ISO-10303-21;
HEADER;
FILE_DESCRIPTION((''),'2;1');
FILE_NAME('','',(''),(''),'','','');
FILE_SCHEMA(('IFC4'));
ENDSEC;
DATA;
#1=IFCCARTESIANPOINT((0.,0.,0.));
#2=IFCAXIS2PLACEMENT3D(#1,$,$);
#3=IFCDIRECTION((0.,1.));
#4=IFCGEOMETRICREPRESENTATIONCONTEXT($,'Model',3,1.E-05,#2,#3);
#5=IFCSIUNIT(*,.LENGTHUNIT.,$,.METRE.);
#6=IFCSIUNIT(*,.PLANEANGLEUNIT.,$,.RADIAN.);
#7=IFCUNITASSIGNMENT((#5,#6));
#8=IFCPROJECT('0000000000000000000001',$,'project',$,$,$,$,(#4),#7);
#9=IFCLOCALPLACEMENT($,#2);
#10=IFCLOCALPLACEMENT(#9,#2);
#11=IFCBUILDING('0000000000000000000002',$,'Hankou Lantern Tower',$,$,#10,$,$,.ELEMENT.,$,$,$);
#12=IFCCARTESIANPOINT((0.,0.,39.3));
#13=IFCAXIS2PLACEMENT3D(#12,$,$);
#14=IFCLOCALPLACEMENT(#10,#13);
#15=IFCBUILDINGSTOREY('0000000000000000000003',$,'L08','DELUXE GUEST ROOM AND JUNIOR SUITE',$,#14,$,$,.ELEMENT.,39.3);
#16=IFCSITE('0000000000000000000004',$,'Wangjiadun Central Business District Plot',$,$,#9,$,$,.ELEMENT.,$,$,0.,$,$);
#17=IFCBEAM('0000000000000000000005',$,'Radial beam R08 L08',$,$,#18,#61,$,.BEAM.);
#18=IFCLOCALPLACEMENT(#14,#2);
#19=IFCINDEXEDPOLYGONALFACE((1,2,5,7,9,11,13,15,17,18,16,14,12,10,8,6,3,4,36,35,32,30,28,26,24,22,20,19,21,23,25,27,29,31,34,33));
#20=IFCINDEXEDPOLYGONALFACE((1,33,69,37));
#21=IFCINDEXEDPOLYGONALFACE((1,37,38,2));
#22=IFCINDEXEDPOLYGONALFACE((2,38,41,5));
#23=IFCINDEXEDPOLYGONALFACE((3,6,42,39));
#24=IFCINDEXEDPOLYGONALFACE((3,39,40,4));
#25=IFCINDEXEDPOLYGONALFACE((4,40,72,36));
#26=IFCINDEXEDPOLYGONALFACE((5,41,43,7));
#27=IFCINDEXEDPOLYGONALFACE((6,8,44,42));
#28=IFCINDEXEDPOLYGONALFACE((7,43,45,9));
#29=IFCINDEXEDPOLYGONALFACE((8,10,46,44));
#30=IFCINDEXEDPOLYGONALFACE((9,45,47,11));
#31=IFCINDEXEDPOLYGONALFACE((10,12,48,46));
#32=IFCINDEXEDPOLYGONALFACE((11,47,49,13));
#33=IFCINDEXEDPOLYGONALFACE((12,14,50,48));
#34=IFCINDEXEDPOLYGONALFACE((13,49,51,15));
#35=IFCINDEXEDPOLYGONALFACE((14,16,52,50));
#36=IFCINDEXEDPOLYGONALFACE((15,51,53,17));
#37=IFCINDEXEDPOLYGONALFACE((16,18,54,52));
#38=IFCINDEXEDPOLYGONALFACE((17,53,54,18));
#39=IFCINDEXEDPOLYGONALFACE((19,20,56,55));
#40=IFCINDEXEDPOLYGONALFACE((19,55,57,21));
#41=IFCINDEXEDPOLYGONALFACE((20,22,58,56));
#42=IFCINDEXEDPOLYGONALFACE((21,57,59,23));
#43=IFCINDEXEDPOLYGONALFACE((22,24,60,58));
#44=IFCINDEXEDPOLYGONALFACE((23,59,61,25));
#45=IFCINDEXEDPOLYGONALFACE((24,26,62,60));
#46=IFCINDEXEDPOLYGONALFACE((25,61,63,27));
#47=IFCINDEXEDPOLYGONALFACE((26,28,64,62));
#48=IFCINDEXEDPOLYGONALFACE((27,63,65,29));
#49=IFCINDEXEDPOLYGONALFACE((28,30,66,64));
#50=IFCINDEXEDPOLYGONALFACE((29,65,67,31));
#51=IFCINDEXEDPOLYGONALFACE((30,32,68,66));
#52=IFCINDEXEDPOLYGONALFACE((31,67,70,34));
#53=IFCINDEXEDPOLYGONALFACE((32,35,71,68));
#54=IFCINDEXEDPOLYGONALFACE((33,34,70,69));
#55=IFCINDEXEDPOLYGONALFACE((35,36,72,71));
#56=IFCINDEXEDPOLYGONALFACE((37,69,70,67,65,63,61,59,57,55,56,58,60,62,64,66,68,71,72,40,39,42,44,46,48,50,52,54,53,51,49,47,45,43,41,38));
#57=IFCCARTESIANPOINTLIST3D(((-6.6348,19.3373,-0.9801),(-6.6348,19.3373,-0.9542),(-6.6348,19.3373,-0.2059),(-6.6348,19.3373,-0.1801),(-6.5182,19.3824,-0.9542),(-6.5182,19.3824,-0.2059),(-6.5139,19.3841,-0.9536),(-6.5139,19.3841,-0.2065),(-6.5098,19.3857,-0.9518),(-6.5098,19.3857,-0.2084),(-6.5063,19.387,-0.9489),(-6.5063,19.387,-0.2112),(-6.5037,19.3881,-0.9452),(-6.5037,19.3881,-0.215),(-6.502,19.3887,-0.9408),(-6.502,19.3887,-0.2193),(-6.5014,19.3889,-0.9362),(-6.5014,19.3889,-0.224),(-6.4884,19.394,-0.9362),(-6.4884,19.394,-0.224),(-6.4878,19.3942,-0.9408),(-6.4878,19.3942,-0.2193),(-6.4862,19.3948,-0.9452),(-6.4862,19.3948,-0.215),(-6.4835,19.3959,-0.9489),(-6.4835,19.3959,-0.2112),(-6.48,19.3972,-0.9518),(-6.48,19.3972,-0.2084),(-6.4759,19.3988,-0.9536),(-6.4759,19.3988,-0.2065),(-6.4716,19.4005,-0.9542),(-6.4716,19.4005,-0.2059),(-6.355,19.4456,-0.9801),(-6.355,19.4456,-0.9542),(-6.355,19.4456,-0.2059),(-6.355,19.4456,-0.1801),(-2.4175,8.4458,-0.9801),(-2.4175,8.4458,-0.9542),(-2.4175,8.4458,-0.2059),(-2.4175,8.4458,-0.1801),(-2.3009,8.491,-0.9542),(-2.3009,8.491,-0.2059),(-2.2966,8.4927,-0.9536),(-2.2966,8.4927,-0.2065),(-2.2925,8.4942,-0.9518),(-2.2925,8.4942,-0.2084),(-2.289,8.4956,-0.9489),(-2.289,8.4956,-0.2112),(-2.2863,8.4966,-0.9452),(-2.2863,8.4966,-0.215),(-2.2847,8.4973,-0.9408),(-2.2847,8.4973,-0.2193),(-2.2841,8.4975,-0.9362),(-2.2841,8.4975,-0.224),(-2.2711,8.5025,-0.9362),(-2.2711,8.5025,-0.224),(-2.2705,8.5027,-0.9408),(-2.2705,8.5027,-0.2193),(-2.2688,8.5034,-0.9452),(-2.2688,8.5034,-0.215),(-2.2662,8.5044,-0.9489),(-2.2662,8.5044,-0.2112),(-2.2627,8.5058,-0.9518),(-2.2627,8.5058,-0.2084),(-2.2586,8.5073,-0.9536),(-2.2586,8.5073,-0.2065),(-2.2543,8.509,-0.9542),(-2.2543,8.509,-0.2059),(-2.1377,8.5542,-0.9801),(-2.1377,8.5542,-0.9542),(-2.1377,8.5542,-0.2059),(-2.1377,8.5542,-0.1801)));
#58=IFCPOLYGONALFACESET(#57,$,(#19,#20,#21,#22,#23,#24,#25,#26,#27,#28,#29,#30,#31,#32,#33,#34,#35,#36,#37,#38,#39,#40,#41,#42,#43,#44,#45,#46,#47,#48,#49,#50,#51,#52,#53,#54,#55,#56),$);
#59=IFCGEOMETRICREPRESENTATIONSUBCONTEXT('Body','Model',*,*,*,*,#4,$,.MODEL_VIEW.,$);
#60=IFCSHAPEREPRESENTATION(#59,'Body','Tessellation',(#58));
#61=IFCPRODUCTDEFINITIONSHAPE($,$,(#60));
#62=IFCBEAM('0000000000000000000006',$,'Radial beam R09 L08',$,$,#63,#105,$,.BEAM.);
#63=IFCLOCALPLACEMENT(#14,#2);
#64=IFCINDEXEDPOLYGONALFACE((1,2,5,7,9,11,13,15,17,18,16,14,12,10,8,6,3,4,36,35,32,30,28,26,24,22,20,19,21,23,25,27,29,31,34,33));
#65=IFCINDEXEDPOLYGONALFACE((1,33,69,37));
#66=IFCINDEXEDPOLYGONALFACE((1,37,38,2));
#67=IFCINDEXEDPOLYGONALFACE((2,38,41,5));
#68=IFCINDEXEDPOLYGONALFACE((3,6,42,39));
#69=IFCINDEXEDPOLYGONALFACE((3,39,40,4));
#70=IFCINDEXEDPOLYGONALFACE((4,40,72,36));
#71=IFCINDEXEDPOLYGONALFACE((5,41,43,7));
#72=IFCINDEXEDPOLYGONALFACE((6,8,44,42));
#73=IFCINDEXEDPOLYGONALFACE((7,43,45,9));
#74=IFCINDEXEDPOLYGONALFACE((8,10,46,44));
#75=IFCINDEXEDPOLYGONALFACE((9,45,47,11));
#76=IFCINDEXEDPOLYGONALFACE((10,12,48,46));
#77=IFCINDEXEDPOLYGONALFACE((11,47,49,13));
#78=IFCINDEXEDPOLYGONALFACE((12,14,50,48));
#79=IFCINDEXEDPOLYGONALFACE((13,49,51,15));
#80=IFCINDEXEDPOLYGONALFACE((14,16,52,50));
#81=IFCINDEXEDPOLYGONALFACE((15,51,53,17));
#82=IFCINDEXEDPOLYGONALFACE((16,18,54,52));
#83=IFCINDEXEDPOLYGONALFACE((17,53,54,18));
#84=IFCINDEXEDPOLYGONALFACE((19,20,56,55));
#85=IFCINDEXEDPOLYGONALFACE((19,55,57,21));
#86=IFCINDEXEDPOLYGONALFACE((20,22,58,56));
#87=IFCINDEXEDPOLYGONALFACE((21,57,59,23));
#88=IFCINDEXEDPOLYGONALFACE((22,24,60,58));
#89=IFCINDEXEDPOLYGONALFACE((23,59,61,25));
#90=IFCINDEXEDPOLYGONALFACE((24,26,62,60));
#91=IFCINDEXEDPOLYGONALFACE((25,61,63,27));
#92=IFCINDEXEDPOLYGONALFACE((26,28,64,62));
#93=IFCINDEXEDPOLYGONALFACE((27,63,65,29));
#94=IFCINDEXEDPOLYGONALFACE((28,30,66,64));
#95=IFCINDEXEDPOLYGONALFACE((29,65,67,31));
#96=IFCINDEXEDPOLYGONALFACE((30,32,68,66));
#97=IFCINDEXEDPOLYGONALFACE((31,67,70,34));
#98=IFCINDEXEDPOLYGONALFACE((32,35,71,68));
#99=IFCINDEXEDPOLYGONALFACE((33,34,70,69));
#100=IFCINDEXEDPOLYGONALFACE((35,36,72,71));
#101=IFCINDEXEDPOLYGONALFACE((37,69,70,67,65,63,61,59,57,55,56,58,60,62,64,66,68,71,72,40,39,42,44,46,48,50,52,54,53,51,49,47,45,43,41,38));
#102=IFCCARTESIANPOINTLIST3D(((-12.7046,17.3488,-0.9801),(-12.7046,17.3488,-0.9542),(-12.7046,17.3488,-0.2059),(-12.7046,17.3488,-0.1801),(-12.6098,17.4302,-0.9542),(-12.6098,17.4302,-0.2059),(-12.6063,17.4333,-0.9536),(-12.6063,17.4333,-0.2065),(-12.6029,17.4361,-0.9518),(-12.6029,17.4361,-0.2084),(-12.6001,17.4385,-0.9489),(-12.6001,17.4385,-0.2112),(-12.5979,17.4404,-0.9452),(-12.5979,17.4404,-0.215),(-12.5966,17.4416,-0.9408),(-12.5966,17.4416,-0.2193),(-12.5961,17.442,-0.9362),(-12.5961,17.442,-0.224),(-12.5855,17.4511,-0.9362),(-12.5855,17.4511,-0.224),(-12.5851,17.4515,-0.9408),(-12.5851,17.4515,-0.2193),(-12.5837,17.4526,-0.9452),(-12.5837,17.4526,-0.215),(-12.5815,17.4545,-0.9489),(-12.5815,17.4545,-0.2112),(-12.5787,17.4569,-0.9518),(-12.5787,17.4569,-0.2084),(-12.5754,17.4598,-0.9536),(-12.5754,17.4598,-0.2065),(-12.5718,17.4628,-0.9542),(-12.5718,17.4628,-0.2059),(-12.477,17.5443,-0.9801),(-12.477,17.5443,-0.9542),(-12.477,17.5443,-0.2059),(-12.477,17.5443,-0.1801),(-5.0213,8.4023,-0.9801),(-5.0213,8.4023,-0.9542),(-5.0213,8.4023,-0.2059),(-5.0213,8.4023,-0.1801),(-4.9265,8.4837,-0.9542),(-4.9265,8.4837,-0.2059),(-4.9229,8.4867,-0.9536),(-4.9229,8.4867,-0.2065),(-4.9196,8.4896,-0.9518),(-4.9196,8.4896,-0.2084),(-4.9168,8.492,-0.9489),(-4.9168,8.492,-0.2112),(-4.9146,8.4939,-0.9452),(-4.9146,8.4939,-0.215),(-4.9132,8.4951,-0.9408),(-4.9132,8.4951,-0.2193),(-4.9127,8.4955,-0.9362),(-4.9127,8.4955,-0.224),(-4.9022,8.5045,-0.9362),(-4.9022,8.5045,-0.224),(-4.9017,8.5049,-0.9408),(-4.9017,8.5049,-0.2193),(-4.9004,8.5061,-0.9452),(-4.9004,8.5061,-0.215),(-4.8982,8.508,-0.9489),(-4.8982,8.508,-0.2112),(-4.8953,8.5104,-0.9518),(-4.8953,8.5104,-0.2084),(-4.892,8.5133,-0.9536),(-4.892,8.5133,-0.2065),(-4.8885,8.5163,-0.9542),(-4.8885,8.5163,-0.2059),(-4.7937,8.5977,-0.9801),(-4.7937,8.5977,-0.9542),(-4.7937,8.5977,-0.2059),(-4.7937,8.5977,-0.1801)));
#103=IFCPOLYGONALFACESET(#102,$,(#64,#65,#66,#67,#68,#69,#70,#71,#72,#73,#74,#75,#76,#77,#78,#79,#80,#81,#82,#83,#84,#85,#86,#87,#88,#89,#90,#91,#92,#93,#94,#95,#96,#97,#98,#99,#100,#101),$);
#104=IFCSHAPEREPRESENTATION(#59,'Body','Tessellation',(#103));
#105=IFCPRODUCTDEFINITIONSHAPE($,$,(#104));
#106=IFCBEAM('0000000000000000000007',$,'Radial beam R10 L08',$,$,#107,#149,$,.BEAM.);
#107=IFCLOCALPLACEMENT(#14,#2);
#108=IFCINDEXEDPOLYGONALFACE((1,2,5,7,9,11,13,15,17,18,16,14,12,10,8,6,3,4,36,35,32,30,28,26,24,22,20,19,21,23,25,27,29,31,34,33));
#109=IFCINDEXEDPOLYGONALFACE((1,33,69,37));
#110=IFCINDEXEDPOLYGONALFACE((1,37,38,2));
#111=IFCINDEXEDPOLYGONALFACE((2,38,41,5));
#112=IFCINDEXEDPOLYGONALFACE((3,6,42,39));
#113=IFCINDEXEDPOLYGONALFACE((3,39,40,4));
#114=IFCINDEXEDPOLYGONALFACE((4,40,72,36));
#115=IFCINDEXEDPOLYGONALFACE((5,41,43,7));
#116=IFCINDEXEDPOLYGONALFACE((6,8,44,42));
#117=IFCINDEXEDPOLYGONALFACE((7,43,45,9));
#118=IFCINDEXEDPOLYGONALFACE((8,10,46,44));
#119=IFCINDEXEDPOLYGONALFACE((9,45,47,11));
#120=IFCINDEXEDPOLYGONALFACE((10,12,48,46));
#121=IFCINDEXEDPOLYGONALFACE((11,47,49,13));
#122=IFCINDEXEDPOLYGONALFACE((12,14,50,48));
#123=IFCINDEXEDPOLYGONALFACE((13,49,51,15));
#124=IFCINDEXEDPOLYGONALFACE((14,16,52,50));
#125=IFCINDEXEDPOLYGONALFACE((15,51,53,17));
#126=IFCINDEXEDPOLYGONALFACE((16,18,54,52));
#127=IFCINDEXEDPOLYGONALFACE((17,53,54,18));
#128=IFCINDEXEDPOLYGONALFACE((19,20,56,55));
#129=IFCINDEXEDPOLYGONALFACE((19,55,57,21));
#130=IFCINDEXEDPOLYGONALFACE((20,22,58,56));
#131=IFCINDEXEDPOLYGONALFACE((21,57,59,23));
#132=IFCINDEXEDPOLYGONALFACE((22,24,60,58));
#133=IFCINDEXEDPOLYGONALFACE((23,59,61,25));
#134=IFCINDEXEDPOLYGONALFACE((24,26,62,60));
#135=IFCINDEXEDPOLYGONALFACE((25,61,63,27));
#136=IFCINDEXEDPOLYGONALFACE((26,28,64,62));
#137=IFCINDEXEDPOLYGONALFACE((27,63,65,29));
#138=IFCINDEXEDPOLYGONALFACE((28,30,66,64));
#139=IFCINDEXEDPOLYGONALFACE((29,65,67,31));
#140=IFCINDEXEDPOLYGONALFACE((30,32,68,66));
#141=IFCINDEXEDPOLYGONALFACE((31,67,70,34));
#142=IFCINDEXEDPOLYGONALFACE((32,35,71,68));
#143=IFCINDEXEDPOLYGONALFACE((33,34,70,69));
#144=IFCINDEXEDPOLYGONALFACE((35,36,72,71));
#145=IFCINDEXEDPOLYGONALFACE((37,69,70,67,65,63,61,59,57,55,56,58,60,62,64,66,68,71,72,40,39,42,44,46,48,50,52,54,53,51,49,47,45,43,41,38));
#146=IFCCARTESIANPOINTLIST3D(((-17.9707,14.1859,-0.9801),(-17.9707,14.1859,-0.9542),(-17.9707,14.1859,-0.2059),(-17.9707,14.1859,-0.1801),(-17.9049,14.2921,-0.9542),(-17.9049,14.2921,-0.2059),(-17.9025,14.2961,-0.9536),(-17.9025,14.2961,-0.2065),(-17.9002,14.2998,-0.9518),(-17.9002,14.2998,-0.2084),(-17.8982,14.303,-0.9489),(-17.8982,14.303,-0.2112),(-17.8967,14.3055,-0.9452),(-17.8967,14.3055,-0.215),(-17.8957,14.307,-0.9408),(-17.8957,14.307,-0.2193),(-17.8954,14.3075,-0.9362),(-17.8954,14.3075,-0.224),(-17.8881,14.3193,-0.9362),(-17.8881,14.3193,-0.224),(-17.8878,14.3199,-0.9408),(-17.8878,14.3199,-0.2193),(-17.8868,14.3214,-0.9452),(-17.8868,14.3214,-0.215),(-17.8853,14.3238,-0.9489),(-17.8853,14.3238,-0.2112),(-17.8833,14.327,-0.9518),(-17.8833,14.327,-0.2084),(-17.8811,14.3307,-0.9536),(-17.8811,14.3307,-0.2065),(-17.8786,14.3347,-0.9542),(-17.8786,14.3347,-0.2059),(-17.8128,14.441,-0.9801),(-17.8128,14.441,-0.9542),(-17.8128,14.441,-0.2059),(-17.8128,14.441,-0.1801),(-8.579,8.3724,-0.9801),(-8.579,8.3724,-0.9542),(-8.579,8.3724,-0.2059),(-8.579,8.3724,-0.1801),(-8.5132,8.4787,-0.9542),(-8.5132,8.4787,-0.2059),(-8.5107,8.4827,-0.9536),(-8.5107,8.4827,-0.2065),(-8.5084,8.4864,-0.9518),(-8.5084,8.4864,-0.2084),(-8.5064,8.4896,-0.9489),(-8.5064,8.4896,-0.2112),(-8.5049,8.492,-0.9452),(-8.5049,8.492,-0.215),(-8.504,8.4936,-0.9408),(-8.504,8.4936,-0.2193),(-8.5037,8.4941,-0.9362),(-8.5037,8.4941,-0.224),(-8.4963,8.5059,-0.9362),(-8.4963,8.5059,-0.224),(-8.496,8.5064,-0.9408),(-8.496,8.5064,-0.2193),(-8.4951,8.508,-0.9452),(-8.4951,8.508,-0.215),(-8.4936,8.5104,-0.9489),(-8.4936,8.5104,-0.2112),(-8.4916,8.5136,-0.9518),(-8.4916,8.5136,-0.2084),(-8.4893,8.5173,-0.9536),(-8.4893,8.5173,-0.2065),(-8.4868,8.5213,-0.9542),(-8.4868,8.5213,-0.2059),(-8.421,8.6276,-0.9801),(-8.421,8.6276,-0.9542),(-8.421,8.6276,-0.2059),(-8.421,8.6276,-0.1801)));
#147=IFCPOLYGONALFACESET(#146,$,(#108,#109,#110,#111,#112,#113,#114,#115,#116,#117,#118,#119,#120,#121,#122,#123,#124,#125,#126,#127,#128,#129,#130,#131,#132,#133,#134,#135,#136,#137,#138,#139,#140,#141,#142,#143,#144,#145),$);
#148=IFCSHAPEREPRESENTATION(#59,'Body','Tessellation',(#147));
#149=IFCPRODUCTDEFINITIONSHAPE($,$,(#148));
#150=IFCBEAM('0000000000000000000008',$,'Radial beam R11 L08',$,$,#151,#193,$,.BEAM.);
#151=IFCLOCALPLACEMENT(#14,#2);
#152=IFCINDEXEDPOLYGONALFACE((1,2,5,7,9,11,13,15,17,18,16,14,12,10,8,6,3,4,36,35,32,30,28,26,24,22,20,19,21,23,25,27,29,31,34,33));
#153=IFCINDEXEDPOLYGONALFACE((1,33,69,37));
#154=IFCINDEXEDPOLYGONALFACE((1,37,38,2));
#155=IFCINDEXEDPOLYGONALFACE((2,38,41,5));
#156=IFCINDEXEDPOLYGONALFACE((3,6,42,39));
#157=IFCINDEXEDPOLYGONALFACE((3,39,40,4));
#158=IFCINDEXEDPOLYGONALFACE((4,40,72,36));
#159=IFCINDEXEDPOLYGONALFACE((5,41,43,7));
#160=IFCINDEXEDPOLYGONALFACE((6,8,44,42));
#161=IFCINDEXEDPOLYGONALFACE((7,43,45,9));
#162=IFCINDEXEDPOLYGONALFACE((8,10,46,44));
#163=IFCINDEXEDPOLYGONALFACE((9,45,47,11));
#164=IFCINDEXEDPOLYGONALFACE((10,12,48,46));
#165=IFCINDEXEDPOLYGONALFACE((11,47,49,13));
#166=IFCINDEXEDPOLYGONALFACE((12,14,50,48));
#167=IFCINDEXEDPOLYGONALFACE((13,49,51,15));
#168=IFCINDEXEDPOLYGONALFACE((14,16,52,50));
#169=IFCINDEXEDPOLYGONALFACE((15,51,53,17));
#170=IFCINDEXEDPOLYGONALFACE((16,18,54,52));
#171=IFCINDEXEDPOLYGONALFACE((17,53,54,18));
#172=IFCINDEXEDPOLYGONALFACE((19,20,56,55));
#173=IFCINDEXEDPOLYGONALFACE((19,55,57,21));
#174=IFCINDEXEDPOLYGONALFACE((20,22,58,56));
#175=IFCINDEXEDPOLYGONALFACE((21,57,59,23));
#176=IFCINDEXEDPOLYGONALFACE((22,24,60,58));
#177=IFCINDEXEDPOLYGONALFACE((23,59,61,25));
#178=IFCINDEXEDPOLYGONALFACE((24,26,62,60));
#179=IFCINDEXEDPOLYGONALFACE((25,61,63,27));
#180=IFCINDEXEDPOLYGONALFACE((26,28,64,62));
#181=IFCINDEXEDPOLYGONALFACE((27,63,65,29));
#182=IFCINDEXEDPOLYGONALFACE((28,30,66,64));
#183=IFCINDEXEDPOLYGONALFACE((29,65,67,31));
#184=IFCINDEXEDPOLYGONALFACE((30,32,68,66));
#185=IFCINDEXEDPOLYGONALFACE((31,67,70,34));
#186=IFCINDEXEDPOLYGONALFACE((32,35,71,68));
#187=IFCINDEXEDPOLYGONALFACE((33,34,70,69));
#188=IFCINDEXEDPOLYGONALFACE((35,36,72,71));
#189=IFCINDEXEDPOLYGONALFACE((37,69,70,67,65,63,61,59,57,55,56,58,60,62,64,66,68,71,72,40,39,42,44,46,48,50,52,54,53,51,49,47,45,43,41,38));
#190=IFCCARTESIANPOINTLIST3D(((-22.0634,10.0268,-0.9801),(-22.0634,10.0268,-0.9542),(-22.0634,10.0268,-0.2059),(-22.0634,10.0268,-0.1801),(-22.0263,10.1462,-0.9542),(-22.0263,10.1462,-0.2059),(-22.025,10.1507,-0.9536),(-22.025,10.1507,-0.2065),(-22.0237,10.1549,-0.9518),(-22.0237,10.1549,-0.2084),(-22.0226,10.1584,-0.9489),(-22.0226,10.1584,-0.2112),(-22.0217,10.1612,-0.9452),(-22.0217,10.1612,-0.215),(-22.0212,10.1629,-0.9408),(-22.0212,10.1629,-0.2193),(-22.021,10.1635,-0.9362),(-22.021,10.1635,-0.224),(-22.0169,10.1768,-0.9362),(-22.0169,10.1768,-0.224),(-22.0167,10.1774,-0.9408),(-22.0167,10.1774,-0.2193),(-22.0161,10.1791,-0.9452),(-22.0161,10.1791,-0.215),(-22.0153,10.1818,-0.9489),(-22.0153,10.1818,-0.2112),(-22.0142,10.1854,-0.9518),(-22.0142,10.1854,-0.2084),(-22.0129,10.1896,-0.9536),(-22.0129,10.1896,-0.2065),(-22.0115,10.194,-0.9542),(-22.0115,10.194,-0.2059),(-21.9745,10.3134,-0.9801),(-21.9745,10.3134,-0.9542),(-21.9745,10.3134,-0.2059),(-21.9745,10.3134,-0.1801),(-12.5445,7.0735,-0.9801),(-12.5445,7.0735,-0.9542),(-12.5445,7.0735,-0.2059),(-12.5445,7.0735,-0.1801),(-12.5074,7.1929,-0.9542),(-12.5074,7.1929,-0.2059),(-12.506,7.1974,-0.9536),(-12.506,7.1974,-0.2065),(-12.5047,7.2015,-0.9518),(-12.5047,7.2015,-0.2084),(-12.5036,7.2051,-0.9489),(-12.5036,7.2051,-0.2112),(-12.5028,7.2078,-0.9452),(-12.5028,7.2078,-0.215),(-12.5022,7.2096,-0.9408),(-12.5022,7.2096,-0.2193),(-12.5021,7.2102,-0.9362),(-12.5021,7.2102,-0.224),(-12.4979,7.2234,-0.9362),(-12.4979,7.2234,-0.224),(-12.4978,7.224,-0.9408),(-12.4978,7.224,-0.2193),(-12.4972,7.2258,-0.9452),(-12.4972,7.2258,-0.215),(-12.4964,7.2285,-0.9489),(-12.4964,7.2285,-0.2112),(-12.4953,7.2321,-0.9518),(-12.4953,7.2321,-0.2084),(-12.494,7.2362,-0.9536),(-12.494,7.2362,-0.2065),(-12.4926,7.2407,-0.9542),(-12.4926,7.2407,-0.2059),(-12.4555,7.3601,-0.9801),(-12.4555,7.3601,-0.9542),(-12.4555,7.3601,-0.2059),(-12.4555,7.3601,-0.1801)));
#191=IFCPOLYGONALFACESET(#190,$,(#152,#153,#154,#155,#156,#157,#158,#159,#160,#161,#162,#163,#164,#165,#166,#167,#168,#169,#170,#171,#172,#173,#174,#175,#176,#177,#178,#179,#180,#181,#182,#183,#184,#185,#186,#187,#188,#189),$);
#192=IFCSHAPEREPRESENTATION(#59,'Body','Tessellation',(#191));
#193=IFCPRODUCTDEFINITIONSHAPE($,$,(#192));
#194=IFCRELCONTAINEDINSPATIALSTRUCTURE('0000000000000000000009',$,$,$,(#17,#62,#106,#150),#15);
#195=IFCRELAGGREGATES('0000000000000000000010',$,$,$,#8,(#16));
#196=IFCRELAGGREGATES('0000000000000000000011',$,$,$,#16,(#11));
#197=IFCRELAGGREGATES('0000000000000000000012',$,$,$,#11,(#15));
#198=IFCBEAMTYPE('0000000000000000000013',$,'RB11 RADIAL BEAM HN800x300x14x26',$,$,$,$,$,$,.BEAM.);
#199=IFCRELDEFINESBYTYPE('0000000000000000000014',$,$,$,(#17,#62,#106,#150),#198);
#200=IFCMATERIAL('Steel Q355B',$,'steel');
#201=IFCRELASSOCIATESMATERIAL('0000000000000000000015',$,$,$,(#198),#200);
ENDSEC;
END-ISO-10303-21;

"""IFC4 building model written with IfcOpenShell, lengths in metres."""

from ifc_helpers import new_model, si_unit, direction, frame, origin, origin_2d, place, context, subcontext, project, spatial, i_section, extrude, material, material_profile, profile_set, type_object, element, save


model = new_model("IFC4")

# Units and contexts
model_context = context("Model", 3, precision=1e-05, world=origin(), true_north=direction((0.0, 1.0)))
body_context = subcontext(model_context, "Body", "Model", "MODEL_VIEW")
ifc_project = project(units=[si_unit("LENGTHUNIT", "METRE"), si_unit("PLANEANGLEUNIT", "RADIAN")], contexts=[model_context])

# Site, building, storey
site_placement = place(None, origin())
site = spatial("IfcSite", under=ifc_project, at=site_placement, Name="Wangjiadun Central Business District Plot", CompositionType="ELEMENT", RefElevation=0.0)
building_placement = place(site_placement, origin())
building = spatial("IfcBuilding", under=site, at=building_placement, Name="Hankou Lantern Tower", CompositionType="ELEMENT")
storey_placement = place(building_placement, frame((0.0, 0.0, 39.3)))
storey = spatial("IfcBuildingStorey", under=building, at=storey_placement, Name="L08", Description="DELUXE GUEST ROOM AND JUNIOR SUITE", CompositionType="ELEMENT", Elevation=39.3)

# Beams
ifc_material_1 = material(Name="Steel Q355B", Category="steel")
ifc_material_profile_1 = material_profile(ifc_material_1, i_section(OverallWidth=0.3, OverallDepth=0.8, WebThickness=0.0139, FlangeThickness=0.0259, FilletRadius=0.0181, at=origin_2d()), Name="HN800x300x14x26")
ifc_profile_set_1 = profile_set([ifc_material_profile_1], Name="Steel Q355B")
beam_type_1 = type_object("IfcBeamType", Name="RB11 RADIAL BEAM HN800x300x14x26", PredefinedType="BEAM", material=ifc_profile_set_1)
beam_1_placement = place(storey_placement, frame((-2.2776, 8.5, -0.5801), z_axis=(-0.361089, 0.932531, 0.0), x_axis=(-0.932531, -0.361089, 0.0)))
element("IfcBeam", 1, at=beam_1_placement, inside=storey, type_object=beam_type_1, Name="Radial beam R08 L08", PredefinedType="BEAM", context=body_context, shape_type="SweptSolid", body=[
    extrude(i_section(OverallWidth=0.3, OverallDepth=0.8, WebThickness=0.0139, FlangeThickness=0.0259, FilletRadius=0.0181, at=origin_2d()), origin(), (0.0, 0.0, 1.0), 11.6794),
])
beam_2_placement = place(storey_placement, frame((-4.9075, 8.5, -0.5801), z_axis=(-0.651519, 0.758632, 0.0), x_axis=(-0.758632, -0.651519, 0.0)))
element("IfcBeam", 2, at=beam_2_placement, inside=storey, type_object=beam_type_1, Name="Radial beam R09 L08", PredefinedType="BEAM", context=body_context, shape_type="SweptSolid", body=[
    extrude(i_section(OverallWidth=0.3, OverallDepth=0.8, WebThickness=0.0139, FlangeThickness=0.0259, FilletRadius=0.0181, at=origin_2d()), origin(), (0.0, 0.0, 1.0), 11.793),
])
beam_3_placement = place(storey_placement, frame((-8.5, 8.5, -0.5801), z_axis=(-0.850286, 0.52632, 0.0), x_axis=(-0.52632, -0.850286, 0.0)))
element("IfcBeam", 3, at=beam_3_placement, inside=storey, type_object=beam_type_1, Name="Radial beam R10 L08", PredefinedType="BEAM", context=body_context, shape_type="SweptSolid", body=[
    extrude(i_section(OverallWidth=0.3, OverallDepth=0.8, WebThickness=0.0139, FlangeThickness=0.0259, FilletRadius=0.0181, at=origin_2d()), origin(), (0.0, 0.0, 1.0), 11.0454),
])
beam_4_placement = place(storey_placement, frame((-12.5, 7.2168, -0.5801), z_axis=(-0.955087, 0.296324, 0.0), x_axis=(-0.296324, -0.955087, 0.0)))
element("IfcBeam", 4, at=beam_4_placement, inside=storey, type_object=beam_type_1, Name="Radial beam R11 L08", PredefinedType="BEAM", context=body_context, shape_type="SweptSolid", body=[
    extrude(i_section(OverallWidth=0.3, OverallDepth=0.8, WebThickness=0.0139, FlangeThickness=0.0259, FilletRadius=0.0181, at=origin_2d()), origin(), (0.0, 0.0, 1.0), 9.9666),
])

save(model, "model.ifc")
